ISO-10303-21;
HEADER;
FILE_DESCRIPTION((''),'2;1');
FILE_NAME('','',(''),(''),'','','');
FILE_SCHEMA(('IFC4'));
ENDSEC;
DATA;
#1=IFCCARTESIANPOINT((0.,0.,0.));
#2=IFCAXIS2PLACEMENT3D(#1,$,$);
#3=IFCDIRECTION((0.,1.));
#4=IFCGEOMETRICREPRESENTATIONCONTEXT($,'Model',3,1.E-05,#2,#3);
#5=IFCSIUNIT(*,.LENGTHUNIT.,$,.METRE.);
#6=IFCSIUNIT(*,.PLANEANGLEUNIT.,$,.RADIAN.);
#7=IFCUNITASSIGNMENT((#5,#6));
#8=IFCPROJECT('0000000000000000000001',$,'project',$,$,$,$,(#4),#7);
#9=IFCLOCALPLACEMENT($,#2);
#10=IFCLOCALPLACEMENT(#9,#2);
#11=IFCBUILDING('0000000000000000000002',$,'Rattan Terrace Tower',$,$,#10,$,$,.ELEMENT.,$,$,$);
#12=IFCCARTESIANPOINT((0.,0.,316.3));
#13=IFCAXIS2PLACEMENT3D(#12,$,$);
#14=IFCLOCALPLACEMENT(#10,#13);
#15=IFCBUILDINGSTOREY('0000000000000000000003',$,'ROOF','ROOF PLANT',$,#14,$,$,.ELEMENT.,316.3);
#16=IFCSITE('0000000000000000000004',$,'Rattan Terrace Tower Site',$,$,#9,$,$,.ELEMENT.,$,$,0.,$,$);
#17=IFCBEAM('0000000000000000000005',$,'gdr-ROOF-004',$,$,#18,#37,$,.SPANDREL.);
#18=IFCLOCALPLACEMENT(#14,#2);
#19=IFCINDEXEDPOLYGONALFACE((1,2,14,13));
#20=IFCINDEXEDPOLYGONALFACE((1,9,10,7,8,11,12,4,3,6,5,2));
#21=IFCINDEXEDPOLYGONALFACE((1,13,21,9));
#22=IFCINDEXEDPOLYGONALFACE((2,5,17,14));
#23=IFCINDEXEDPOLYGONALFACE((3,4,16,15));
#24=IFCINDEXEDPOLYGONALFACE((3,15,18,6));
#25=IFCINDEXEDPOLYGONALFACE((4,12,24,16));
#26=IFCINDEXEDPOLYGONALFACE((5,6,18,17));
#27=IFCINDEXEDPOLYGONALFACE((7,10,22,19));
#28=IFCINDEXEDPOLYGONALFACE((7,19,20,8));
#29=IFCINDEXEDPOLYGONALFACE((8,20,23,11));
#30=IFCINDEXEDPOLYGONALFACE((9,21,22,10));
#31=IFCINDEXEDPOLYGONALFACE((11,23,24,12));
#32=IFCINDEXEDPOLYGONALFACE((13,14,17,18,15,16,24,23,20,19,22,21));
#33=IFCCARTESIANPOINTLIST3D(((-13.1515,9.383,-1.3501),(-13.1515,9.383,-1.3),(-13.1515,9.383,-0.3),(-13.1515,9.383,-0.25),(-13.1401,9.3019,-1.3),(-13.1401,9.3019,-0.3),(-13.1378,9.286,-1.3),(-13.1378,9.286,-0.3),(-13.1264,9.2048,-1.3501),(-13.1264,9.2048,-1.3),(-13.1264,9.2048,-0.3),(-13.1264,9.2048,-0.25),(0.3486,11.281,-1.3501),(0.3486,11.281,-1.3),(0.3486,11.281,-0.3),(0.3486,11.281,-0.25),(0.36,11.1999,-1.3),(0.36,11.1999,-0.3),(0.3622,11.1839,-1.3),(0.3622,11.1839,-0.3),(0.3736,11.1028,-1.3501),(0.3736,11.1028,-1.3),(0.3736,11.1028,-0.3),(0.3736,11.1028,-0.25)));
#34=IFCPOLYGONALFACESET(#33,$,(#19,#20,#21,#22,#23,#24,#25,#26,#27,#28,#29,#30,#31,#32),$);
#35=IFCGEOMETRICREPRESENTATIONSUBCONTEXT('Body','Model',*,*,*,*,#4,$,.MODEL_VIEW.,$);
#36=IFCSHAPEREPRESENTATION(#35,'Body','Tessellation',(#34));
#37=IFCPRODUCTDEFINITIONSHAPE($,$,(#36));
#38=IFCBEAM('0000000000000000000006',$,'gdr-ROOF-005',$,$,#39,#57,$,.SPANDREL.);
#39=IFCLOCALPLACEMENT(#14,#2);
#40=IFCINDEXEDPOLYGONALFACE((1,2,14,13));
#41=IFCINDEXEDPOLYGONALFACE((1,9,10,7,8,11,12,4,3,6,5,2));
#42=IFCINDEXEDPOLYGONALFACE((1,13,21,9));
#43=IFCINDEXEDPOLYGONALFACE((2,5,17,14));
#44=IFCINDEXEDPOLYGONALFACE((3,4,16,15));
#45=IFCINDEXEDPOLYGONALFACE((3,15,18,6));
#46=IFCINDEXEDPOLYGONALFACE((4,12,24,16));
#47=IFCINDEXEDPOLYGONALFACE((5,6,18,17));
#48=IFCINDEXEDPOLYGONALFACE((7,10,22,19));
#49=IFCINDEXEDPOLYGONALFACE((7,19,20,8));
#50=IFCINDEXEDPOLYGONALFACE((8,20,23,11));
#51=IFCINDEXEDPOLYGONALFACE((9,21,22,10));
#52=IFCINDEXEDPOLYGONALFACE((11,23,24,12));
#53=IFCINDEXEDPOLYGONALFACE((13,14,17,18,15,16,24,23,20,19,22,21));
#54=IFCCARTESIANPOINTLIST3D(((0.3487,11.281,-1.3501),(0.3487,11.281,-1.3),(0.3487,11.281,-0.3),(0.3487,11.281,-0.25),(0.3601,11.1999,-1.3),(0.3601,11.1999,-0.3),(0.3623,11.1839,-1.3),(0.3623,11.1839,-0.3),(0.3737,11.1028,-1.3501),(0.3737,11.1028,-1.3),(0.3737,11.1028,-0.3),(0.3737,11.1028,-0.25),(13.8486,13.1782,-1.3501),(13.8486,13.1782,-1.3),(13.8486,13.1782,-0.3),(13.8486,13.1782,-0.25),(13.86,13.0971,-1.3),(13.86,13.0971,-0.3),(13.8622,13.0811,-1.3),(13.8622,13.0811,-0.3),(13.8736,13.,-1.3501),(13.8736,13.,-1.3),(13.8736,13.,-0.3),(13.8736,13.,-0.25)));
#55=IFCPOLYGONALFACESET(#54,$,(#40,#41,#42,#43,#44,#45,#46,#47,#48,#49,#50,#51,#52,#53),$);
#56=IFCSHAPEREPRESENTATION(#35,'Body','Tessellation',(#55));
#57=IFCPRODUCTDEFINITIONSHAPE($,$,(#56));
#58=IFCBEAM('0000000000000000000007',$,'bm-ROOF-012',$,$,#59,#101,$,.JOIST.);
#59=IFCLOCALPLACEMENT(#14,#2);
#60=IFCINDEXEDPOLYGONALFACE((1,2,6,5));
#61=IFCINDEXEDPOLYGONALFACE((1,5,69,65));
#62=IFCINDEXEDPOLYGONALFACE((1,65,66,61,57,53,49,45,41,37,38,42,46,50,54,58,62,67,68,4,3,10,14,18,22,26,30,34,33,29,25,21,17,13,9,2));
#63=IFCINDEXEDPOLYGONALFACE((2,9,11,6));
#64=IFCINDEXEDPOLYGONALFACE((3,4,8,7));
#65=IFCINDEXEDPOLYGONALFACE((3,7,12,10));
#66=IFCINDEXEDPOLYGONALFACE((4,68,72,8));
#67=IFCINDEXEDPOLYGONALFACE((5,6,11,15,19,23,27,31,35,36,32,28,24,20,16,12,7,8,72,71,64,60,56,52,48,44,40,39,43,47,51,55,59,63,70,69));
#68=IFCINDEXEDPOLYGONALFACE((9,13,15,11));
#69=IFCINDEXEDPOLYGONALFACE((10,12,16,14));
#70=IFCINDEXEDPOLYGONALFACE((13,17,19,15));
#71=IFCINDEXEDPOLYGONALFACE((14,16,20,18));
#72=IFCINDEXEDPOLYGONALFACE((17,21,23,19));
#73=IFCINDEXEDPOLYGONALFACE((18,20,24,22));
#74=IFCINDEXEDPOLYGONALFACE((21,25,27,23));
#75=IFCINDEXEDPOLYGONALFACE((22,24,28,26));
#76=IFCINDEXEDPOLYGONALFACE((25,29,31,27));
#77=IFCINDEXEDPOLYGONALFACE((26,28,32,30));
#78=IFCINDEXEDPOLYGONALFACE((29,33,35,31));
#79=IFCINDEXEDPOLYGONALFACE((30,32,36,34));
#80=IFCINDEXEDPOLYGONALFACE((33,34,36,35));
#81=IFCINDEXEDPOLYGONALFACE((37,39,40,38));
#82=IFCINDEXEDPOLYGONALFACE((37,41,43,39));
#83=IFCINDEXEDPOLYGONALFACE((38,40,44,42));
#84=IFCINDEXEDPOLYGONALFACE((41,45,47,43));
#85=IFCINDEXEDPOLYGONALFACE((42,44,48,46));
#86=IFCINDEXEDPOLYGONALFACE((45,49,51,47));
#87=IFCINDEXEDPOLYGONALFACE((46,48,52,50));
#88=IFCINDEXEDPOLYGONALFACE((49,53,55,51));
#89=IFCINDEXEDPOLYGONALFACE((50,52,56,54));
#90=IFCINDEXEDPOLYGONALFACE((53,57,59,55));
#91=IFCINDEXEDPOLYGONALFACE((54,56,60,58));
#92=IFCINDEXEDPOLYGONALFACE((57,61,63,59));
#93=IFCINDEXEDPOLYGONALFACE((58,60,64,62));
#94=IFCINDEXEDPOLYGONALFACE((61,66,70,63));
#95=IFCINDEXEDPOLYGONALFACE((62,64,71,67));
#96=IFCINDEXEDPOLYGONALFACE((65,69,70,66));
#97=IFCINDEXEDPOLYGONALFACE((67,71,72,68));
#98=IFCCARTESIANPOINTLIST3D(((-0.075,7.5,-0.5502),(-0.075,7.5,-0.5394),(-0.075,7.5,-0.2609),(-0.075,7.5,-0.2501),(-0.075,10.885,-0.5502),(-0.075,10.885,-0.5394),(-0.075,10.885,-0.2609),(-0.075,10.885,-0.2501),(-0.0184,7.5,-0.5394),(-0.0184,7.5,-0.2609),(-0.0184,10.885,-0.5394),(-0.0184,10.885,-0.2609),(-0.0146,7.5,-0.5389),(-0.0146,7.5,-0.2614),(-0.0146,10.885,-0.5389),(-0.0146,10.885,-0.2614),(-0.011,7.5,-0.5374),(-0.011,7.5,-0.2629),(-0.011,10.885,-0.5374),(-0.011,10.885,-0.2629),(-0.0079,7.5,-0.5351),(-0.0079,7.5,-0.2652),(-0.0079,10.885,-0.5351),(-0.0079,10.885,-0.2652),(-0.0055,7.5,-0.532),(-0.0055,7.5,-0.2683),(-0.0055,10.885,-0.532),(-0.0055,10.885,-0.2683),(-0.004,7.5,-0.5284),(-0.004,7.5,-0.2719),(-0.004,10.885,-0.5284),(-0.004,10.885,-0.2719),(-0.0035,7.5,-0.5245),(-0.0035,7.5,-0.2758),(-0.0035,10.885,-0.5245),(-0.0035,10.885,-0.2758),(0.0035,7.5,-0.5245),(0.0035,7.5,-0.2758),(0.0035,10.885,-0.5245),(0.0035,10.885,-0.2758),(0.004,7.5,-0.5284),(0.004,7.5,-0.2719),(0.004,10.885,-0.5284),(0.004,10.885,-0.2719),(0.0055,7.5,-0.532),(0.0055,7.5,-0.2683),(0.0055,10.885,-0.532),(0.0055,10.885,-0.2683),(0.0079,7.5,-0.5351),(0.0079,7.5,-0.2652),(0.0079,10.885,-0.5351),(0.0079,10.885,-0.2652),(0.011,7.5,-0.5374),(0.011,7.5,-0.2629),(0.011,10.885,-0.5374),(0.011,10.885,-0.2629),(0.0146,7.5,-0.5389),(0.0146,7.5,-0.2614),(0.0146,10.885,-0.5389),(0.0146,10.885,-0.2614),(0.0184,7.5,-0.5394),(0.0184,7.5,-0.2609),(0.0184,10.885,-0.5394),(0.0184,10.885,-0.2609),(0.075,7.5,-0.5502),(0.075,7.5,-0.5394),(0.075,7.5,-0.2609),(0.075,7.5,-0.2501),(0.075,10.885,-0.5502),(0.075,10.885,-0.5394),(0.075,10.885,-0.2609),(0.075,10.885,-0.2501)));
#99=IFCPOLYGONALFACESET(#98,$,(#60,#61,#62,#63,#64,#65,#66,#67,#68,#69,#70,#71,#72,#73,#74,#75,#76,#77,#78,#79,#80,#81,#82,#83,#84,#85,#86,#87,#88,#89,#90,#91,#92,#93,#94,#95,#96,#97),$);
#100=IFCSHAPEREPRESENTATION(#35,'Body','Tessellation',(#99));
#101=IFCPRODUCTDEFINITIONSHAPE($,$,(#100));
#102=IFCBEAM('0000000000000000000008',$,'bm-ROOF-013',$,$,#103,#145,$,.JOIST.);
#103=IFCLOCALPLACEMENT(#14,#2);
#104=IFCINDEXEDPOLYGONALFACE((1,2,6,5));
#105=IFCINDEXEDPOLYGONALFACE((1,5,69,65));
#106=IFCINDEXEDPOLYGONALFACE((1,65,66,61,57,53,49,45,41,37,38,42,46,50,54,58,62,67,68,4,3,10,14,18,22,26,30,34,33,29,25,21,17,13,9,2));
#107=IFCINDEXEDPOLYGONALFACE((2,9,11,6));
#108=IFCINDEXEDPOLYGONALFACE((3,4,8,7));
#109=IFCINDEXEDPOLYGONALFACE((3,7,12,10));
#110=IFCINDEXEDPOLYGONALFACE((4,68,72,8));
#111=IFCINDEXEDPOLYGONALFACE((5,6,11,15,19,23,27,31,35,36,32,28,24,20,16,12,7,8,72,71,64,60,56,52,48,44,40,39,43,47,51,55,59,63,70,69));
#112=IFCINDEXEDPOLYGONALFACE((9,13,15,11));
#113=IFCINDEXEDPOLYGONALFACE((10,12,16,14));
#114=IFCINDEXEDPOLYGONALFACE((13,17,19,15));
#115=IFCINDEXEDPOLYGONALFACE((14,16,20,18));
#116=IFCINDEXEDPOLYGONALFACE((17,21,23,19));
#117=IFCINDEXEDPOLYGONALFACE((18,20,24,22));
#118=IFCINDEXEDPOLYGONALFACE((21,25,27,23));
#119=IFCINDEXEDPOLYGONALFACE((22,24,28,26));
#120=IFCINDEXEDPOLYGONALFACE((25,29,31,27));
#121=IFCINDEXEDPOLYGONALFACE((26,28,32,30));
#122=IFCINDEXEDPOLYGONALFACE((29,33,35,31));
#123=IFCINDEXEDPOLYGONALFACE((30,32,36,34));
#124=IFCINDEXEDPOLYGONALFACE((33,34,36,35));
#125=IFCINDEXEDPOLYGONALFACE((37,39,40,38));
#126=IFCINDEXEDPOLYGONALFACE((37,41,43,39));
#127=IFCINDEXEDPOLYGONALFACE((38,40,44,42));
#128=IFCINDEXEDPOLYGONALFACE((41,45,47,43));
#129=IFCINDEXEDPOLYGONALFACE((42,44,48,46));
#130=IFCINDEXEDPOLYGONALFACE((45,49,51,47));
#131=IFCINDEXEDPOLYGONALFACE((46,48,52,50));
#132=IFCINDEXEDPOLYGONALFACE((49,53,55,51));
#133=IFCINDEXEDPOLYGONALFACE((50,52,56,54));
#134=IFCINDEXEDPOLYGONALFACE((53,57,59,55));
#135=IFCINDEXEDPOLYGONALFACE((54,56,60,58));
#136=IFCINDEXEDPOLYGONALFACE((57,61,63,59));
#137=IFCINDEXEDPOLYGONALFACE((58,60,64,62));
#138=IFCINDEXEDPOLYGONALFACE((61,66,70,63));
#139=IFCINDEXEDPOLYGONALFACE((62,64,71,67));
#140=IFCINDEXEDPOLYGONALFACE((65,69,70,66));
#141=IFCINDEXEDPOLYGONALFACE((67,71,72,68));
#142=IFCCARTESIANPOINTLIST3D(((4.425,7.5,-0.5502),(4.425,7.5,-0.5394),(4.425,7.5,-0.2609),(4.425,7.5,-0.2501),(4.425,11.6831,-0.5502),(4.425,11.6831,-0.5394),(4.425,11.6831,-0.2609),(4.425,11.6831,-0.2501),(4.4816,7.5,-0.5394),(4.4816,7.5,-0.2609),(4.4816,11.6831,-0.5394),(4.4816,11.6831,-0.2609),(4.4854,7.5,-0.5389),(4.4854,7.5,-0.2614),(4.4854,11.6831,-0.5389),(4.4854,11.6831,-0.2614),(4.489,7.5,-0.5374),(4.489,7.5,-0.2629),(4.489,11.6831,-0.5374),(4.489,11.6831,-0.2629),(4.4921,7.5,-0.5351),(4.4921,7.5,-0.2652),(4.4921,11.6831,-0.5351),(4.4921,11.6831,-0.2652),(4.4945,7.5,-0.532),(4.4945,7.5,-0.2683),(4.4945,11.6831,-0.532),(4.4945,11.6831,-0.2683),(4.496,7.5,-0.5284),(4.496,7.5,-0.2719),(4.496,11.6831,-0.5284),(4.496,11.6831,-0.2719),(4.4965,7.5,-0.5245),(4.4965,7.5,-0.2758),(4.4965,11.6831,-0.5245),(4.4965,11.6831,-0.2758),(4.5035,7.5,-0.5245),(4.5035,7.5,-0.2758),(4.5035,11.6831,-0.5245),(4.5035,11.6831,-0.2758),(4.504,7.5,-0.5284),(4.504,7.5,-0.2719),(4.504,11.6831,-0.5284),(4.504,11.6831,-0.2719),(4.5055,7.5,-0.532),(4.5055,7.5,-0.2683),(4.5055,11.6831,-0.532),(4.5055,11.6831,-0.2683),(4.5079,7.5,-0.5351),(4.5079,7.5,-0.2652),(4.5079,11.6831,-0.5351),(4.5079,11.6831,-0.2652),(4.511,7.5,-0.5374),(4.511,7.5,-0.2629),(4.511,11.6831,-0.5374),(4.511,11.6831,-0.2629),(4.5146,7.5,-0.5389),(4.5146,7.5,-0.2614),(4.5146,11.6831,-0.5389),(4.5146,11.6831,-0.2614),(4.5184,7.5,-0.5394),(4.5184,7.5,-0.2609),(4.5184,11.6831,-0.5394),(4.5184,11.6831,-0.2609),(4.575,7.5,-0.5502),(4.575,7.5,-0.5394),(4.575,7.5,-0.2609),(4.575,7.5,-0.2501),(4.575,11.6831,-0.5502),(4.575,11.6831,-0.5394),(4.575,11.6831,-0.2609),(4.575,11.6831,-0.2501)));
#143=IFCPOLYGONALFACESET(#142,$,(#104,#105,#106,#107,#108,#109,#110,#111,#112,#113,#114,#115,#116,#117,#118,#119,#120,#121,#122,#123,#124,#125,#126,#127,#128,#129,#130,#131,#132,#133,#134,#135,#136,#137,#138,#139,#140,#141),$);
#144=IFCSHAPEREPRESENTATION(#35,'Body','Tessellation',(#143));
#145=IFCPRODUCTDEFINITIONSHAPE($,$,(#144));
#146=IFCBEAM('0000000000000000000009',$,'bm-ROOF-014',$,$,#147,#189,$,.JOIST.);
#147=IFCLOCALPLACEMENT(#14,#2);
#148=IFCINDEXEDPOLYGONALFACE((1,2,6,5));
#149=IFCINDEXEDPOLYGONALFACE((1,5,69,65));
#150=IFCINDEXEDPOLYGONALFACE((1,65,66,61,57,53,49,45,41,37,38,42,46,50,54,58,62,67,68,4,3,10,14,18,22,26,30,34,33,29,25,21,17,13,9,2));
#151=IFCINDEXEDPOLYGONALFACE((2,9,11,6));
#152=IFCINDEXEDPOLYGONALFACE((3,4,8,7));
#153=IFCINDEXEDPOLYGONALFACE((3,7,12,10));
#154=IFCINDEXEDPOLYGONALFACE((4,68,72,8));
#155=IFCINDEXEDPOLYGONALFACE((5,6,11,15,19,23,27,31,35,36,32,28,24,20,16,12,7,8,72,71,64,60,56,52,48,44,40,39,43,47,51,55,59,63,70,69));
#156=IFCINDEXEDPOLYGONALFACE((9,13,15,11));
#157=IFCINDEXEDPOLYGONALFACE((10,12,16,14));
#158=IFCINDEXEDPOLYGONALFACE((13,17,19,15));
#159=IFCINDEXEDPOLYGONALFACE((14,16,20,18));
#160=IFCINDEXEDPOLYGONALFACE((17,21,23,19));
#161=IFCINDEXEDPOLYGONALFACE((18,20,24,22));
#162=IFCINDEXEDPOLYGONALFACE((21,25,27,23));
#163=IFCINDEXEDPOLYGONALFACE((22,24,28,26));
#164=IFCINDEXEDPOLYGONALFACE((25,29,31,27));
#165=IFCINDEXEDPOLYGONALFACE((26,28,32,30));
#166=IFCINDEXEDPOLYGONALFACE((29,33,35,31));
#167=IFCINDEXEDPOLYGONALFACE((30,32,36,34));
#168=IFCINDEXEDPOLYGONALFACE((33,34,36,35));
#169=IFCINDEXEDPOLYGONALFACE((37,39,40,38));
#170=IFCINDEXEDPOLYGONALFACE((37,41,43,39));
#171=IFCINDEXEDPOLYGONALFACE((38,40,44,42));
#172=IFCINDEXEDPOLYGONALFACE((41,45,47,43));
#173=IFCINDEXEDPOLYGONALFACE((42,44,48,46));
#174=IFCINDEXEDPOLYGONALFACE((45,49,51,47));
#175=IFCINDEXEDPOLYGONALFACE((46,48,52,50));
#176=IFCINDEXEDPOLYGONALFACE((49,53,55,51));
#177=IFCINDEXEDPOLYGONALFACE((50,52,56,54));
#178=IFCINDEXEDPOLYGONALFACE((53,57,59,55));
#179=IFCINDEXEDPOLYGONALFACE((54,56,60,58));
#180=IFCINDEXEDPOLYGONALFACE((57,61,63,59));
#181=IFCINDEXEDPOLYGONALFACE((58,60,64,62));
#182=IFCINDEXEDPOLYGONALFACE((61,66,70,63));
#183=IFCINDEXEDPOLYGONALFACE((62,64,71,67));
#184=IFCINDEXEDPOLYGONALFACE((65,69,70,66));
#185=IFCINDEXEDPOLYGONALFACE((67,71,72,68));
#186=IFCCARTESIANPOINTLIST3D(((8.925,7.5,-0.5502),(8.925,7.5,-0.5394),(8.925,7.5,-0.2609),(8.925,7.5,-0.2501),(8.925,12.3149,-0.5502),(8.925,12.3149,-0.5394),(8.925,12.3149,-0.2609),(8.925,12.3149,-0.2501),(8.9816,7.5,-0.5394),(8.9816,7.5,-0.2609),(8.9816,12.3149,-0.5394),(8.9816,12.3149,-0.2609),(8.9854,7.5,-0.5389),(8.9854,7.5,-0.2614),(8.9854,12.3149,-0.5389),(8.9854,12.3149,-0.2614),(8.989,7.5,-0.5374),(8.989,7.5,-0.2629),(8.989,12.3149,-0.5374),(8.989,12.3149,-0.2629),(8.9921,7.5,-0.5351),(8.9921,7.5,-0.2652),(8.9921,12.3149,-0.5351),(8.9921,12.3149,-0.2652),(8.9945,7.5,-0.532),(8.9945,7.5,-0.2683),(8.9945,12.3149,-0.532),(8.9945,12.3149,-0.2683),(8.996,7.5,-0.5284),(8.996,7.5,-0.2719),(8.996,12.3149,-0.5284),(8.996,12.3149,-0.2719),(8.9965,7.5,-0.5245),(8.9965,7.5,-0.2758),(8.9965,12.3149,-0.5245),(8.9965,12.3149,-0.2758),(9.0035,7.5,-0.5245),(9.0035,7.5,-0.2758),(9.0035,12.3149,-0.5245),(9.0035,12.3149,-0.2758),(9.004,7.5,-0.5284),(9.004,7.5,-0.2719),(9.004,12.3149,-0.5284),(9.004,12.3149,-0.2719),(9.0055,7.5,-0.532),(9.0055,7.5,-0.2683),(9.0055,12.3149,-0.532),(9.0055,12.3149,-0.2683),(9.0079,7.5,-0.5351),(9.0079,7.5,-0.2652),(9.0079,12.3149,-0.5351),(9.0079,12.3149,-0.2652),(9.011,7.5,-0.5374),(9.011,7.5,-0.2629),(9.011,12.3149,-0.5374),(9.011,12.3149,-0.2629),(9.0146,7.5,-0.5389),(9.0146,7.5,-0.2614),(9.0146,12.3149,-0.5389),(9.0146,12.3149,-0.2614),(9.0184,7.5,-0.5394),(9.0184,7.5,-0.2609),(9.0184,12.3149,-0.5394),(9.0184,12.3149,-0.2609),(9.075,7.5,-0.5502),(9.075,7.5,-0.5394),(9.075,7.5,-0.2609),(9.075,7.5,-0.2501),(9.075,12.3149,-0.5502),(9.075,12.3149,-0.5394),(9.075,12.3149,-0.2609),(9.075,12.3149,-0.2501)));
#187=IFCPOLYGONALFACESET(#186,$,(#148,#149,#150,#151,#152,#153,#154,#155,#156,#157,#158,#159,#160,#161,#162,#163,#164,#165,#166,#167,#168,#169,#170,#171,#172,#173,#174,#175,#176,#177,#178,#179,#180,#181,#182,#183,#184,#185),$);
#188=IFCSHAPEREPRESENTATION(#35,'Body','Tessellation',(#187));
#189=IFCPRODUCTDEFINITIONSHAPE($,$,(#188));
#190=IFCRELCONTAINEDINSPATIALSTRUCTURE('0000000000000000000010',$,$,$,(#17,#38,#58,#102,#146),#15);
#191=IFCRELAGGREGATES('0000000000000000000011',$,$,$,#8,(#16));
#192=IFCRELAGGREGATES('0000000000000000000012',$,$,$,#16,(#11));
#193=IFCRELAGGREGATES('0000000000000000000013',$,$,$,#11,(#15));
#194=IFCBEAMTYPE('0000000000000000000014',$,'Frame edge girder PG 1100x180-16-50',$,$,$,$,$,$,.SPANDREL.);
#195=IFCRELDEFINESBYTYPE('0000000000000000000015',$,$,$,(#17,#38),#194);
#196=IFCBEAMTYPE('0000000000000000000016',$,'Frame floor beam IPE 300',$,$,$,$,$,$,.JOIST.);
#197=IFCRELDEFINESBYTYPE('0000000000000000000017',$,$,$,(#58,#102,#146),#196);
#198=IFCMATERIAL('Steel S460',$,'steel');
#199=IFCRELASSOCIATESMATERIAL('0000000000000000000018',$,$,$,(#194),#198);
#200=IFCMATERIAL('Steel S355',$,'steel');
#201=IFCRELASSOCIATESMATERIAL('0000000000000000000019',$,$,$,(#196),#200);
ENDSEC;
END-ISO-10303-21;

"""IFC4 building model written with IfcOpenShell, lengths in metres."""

from ifc_helpers import new_model, si_unit, direction, frame, origin, origin_2d, place, context, subcontext, project, spatial, i_section, extrude, material, material_profile, profile_set, type_object, element, save


model = new_model("IFC4")

# Units and contexts
model_context = context("Model", 3, precision=1e-05, world=origin(), true_north=direction((0.0, 1.0)))
body_context = subcontext(model_context, "Body", "Model", "MODEL_VIEW")
ifc_project = project(units=[si_unit("LENGTHUNIT", "METRE"), si_unit("PLANEANGLEUNIT", "RADIAN")], contexts=[model_context])

# Site, building, storey
site_placement = place(None, origin())
site = spatial("IfcSite", under=ifc_project, at=site_placement, Name="Rattan Terrace Tower Site", CompositionType="ELEMENT", RefElevation=0.0)
building_placement = place(site_placement, origin())
building = spatial("IfcBuilding", under=site, at=building_placement, Name="Rattan Terrace Tower", CompositionType="ELEMENT")
storey_placement = place(building_placement, frame((0.0, 0.0, 316.3)))
storey = spatial("IfcBuildingStorey", under=building, at=storey_placement, Name="ROOF", Description="ROOF PLANT", CompositionType="ELEMENT", Elevation=316.3)

# Beams
ifc_material_1 = material(Name="Steel S460", Category="steel")
ifc_material_profile_1 = material_profile(ifc_material_1, i_section(OverallWidth=0.1799, OverallDepth=1.1001, WebThickness=0.0161, FlangeThickness=0.05, at=origin_2d()), Name="PG 1100x180-16-50")
ifc_profile_set_1 = profile_set([ifc_material_profile_1], Name="Steel S460")
beam_type_1 = type_object("IfcBeamType", Name="Frame edge girder PG 1100x180-16-50", PredefinedType="SPANDREL", material=ifc_profile_set_1)
beam_1_placement = place(storey_placement, frame((0.3611, 11.1919, -0.8), z_axis=(-0.990262, -0.13922, 0.0), x_axis=(0.13922, -0.990262, 0.0)))
element("IfcBeam", 1, at=beam_1_placement, inside=storey, type_object=beam_type_1, Name="gdr-ROOF-004", PredefinedType="SPANDREL", context=body_context, shape_type="SweptSolid", body=[
    extrude(i_section(OverallWidth=0.1799, OverallDepth=1.1001, WebThickness=0.0161, FlangeThickness=0.05, at=origin_2d()), origin(), (0.0, 0.0, 1.0), 13.6328),
])
beam_2_placement = place(storey_placement, frame((13.8611, 13.0891, -0.8), z_axis=(-0.990269, -0.139167, 0.0), x_axis=(0.139167, -0.990269, 0.0)))
element("IfcBeam", 2, at=beam_2_placement, inside=storey, type_object=beam_type_1, Name="gdr-ROOF-005", PredefinedType="SPANDREL", context=body_context, shape_type="SweptSolid", body=[
    extrude(i_section(OverallWidth=0.1799, OverallDepth=1.1001, WebThickness=0.0161, FlangeThickness=0.05, at=origin_2d()), origin(), (0.0, 0.0, 1.0), 13.6326),
])
ifc_material_2 = material(Name="Steel S355", Category="steel")
ifc_material_profile_2 = material_profile(ifc_material_2, i_section(OverallWidth=0.1499, OverallDepth=0.3, WebThickness=0.0071, FlangeThickness=0.0107, FilletRadius=0.0149, at=origin_2d()), Name="IPE 300")
ifc_profile_set_2 = profile_set([ifc_material_profile_2], Name="Steel S355")
beam_type_2 = type_object("IfcBeamType", Name="Frame floor beam IPE 300", PredefinedType="JOIST", material=ifc_profile_set_2)
beam_3_placement = place(storey_placement, frame((0.0, 7.5, -0.4001), z_axis=(0.0, 1.0, 0.0), x_axis=(-1.0, 0.0, 0.0)))
element("IfcBeam", 3, at=beam_3_placement, inside=storey, type_object=beam_type_2, Name="bm-ROOF-012", PredefinedType="JOIST", context=body_context, shape_type="SweptSolid", body=[
    extrude(i_section(OverallWidth=0.1499, OverallDepth=0.3, WebThickness=0.0071, FlangeThickness=0.0107, FilletRadius=0.0149, at=origin_2d()), origin(), (0.0, 0.0, 1.0), 3.385),
])
beam_4_placement = place(storey_placement, frame((4.5, 7.5, -0.4001), z_axis=(0.0, 1.0, 0.0), x_axis=(-1.0, 0.0, 0.0)))
element("IfcBeam", 4, at=beam_4_placement, inside=storey, type_object=beam_type_2, Name="bm-ROOF-013", PredefinedType="JOIST", context=body_context, shape_type="SweptSolid", body=[
    extrude(i_section(OverallWidth=0.1499, OverallDepth=0.3, WebThickness=0.0071, FlangeThickness=0.0107, FilletRadius=0.0149, at=origin_2d()), origin(), (0.0, 0.0, 1.0), 4.1831),
])
beam_5_placement = place(storey_placement, frame((9.0, 7.5, -0.4001), z_axis=(0.0, 1.0, 0.0), x_axis=(-1.0, 0.0, 0.0)))
element("IfcBeam", 5, at=beam_5_placement, inside=storey, type_object=beam_type_2, Name="bm-ROOF-014", PredefinedType="JOIST", context=body_context, shape_type="SweptSolid", body=[
    extrude(i_section(OverallWidth=0.1499, OverallDepth=0.3, WebThickness=0.0071, FlangeThickness=0.0107, FilletRadius=0.0149, at=origin_2d()), origin(), (0.0, 0.0, 1.0), 4.8149),
])

save(model, "model.ifc")
